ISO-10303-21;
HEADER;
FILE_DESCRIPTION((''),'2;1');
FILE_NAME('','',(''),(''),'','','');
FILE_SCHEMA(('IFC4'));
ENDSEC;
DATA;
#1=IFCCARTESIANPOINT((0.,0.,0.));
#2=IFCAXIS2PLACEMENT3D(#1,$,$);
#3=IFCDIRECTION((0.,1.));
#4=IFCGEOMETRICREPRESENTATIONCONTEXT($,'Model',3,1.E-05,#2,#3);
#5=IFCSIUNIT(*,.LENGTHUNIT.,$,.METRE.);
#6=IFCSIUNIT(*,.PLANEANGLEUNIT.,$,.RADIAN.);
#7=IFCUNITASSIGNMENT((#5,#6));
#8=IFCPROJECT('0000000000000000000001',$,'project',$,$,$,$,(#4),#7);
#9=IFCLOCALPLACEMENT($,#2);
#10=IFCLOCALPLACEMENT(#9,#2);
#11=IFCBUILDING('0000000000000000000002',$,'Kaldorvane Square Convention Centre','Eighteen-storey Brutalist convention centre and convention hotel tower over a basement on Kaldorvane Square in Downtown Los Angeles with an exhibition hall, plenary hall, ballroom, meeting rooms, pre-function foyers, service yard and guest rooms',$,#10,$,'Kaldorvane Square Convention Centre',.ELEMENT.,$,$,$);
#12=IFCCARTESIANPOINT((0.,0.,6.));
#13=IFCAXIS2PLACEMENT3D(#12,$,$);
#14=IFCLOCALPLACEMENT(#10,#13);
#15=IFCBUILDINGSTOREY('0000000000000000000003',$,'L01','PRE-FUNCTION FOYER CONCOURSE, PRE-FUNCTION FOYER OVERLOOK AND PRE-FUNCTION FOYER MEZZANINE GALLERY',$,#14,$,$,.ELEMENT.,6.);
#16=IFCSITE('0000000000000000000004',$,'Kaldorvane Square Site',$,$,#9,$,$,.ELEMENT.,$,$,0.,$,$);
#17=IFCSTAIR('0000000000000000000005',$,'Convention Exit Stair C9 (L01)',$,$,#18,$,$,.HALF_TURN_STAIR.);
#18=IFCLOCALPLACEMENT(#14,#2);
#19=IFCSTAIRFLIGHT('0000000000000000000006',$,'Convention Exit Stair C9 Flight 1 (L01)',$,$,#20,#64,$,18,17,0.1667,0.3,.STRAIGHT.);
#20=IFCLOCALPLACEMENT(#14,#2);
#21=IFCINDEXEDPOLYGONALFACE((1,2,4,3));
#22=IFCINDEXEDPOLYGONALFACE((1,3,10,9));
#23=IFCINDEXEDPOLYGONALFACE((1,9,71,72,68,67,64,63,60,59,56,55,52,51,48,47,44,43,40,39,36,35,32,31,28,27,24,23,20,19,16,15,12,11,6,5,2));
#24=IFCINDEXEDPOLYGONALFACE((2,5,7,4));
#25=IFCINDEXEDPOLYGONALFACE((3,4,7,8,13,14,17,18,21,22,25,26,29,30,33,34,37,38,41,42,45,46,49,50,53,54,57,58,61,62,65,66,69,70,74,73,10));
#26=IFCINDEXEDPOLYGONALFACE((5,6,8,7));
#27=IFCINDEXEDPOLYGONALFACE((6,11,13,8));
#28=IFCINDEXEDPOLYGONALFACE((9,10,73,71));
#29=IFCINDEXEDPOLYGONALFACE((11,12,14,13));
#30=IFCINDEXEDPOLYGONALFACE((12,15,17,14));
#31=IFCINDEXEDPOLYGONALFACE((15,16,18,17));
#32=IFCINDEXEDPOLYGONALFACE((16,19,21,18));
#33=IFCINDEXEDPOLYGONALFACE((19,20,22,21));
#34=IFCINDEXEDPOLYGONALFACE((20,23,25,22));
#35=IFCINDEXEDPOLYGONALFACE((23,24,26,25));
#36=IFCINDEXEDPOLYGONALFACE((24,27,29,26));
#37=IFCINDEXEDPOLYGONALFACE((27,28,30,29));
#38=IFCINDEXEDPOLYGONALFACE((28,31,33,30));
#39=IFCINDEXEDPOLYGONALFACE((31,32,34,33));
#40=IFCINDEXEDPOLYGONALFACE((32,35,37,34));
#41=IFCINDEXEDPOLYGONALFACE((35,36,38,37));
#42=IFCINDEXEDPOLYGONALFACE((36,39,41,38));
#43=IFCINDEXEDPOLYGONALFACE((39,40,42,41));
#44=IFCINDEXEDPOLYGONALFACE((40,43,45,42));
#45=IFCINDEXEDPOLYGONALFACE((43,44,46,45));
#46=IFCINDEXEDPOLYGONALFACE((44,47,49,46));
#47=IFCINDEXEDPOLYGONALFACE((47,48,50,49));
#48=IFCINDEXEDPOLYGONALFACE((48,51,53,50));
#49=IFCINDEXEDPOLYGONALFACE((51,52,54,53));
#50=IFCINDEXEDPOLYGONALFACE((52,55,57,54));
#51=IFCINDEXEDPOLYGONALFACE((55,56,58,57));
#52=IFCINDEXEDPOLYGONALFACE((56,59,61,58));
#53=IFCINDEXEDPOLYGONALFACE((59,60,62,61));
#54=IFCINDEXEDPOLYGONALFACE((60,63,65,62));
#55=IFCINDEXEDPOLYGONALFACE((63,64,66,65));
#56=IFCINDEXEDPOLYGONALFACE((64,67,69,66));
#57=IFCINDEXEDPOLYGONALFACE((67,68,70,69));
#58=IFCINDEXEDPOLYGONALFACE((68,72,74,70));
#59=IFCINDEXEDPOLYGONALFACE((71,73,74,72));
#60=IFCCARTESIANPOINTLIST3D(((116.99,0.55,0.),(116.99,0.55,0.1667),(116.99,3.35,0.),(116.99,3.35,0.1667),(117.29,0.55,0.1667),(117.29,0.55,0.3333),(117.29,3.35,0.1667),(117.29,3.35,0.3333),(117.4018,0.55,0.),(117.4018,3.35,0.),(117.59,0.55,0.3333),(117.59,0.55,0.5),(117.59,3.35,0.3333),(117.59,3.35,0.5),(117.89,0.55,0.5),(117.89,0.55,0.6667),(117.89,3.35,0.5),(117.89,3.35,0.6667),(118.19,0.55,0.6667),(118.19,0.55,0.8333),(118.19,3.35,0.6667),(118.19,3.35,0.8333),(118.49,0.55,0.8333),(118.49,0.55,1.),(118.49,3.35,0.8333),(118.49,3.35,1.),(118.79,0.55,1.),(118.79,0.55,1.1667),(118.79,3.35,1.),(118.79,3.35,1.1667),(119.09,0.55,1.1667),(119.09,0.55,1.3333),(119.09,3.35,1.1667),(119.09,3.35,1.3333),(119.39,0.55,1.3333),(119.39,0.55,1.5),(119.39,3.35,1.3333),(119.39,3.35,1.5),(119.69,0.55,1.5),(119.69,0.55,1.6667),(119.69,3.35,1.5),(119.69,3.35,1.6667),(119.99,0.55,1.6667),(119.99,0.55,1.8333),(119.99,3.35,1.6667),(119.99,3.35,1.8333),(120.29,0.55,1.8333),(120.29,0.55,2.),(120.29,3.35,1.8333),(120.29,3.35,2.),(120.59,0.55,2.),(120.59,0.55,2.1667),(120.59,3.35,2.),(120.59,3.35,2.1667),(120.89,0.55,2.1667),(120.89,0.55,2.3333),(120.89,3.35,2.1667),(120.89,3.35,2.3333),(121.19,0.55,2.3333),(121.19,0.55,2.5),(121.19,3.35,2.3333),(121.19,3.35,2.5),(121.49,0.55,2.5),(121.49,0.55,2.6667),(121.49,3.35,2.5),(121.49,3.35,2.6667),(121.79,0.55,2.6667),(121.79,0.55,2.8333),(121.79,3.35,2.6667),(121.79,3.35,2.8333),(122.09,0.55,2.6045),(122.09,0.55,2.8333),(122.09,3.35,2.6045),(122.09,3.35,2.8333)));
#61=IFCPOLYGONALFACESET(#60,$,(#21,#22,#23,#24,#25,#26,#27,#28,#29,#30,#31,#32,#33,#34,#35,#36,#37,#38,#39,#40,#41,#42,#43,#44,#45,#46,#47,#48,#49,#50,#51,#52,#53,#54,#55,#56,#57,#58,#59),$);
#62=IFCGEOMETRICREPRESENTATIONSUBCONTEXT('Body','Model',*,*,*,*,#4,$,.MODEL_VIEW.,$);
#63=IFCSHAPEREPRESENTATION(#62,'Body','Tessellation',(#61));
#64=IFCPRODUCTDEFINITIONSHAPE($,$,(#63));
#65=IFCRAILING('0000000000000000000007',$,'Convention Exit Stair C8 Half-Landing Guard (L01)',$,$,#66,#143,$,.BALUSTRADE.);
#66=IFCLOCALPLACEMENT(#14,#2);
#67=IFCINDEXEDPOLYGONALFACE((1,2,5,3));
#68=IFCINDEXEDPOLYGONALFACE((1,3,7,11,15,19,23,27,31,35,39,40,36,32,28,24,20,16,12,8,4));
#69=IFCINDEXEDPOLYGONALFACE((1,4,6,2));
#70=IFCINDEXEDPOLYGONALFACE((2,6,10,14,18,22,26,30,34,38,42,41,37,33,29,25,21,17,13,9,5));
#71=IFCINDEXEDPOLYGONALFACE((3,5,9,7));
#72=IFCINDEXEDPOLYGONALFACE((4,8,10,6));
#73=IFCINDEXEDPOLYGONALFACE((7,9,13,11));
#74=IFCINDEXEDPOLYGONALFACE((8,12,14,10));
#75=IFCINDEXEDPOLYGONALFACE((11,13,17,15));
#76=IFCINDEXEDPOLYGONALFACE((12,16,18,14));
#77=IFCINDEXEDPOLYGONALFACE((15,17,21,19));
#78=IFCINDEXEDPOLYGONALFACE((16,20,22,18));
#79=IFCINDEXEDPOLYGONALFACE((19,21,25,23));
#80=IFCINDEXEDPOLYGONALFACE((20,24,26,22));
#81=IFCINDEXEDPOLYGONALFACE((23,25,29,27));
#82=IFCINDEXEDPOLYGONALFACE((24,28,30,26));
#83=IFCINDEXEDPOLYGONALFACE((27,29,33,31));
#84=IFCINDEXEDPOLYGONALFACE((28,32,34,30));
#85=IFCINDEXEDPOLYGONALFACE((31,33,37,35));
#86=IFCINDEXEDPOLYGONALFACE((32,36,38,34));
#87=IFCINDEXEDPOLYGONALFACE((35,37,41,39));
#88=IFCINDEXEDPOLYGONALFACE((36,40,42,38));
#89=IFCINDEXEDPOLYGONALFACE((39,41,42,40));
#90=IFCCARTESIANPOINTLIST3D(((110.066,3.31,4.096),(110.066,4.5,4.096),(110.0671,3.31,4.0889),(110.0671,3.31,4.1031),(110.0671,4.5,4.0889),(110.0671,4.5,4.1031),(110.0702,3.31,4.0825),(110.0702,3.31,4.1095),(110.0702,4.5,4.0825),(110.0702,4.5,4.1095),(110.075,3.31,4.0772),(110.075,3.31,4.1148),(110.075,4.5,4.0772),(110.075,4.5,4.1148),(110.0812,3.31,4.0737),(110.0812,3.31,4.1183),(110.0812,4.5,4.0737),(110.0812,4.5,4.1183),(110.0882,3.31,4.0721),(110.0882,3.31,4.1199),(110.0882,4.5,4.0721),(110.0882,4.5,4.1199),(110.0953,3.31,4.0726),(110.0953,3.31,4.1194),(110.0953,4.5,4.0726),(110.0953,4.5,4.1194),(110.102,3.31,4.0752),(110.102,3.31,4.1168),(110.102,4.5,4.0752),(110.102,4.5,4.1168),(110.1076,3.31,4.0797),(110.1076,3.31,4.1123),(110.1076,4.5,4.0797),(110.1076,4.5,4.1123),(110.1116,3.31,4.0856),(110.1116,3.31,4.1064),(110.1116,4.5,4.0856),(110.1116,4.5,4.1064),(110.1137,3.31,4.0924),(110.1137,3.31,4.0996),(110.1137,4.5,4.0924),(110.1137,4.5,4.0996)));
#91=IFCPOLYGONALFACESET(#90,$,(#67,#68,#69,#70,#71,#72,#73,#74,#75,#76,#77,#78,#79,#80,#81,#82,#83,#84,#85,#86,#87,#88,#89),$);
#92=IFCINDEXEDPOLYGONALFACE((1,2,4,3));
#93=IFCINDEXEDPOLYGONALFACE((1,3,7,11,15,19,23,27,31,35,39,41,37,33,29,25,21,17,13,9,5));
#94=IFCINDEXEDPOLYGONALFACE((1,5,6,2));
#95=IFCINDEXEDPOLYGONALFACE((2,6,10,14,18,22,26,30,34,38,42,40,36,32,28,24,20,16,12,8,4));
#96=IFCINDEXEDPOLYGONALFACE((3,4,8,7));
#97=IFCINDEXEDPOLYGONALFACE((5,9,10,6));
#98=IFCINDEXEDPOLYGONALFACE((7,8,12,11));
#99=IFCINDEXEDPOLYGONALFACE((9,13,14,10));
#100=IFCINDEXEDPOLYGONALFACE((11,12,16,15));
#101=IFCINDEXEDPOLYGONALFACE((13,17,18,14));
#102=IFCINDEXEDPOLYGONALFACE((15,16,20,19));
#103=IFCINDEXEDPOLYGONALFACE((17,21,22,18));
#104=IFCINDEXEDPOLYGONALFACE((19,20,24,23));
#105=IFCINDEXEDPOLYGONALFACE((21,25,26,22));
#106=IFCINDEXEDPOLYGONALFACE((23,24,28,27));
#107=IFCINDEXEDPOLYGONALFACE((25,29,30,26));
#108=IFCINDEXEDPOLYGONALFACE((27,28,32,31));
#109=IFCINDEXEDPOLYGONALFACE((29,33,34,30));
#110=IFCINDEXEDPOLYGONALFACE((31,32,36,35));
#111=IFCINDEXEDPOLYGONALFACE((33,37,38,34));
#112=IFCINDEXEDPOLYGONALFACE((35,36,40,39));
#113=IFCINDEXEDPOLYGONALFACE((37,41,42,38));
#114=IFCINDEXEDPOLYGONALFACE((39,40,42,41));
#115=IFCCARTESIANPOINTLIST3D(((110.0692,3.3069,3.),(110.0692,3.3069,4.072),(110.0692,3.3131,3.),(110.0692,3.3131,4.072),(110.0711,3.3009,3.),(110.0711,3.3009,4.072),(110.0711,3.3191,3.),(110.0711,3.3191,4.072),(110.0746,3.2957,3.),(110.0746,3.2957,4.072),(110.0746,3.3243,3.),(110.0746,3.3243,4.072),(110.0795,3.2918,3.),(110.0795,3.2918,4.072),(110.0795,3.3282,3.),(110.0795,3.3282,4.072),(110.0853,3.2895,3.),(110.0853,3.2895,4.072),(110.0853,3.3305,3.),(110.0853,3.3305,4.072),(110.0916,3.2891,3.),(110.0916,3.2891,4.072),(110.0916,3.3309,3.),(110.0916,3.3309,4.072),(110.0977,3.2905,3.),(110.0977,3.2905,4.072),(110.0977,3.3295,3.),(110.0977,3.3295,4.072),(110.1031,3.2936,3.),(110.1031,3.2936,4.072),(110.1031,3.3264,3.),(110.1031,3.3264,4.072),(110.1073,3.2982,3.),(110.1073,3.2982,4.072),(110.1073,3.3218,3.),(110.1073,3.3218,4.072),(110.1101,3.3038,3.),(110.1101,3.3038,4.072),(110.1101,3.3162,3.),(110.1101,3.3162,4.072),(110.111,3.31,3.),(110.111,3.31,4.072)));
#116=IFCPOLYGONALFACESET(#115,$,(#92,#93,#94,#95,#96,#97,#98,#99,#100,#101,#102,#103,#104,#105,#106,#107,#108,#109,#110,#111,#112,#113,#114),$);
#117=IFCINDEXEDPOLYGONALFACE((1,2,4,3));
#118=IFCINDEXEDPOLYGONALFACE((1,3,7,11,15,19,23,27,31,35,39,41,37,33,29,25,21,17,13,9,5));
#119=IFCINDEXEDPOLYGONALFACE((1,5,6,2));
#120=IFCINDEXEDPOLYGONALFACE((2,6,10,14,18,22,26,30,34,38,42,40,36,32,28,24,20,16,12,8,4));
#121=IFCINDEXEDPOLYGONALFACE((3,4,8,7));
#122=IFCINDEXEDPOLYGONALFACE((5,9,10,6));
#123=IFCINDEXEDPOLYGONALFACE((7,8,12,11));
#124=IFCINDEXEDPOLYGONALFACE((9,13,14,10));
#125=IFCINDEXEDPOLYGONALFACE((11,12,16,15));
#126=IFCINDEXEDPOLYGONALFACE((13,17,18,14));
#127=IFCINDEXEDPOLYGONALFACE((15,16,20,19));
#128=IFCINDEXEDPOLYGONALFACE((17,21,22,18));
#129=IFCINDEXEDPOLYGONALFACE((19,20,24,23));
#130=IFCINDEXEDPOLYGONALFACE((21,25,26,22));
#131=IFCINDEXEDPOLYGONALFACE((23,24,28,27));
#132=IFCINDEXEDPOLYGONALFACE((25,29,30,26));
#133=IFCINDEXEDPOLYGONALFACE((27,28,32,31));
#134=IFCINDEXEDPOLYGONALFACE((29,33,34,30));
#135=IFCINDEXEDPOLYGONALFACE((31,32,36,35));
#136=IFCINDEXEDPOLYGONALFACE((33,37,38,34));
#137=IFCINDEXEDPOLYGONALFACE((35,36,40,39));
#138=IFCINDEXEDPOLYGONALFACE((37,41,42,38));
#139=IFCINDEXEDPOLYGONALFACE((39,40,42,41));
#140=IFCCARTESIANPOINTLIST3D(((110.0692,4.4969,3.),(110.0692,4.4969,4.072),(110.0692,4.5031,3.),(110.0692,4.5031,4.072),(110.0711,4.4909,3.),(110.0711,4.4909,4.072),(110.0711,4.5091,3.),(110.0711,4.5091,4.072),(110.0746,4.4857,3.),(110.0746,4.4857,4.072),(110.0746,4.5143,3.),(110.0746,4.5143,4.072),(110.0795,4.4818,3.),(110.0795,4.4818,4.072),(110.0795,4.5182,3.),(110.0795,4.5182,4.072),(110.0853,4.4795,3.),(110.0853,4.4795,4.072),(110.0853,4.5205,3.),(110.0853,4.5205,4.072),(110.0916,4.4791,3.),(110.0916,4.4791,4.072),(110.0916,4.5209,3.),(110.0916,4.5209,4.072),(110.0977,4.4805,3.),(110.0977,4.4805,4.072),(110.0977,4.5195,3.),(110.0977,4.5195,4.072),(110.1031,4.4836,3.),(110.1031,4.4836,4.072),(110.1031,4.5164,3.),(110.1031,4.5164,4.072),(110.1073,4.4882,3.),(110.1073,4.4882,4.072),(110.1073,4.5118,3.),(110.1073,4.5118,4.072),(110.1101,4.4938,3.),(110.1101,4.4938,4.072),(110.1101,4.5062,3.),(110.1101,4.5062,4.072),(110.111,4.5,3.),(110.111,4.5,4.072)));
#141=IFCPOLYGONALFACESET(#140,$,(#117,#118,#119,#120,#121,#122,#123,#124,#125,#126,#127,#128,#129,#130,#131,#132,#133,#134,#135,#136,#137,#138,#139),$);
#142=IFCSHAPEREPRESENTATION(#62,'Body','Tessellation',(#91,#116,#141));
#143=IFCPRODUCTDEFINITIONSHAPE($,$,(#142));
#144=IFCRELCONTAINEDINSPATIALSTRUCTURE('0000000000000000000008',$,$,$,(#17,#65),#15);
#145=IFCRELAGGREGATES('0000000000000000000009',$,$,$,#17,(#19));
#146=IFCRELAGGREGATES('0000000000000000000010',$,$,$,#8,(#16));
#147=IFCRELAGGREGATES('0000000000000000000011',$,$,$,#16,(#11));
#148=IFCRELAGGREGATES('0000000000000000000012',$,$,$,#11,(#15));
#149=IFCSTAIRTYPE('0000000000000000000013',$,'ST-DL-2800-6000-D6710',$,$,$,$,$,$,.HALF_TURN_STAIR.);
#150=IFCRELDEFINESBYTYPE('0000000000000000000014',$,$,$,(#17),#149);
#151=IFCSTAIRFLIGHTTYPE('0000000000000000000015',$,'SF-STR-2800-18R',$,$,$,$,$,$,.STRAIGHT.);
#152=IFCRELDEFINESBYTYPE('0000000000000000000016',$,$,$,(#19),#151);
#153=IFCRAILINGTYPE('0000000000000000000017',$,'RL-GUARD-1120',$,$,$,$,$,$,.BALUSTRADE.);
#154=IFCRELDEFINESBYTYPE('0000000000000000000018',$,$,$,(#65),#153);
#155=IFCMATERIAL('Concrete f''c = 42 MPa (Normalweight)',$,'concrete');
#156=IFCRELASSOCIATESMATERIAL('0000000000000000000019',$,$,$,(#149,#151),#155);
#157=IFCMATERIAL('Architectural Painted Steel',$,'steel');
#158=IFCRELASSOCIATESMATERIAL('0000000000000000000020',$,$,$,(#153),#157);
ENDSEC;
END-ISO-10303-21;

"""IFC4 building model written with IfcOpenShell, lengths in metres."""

from ifc_helpers import new_model, si_unit, direction, frame, origin, origin_2d, place, context, subcontext, project, spatial, polyline, circle, outline, extrude, material, type_object, element, aggregate, save


model = new_model("IFC4")

# Units and contexts
model_context = context("Model", 3, precision=1e-05, world=origin(), true_north=direction((0.0, 1.0)))
body_context = subcontext(model_context, "Body", "Model", "MODEL_VIEW")
ifc_project = project(units=[si_unit("LENGTHUNIT", "METRE"), si_unit("PLANEANGLEUNIT", "RADIAN")], contexts=[model_context])

# Site, building, storey
site_placement = place(None, origin())
site = spatial("IfcSite", under=ifc_project, at=site_placement, Name="Kaldorvane Square Site", CompositionType="ELEMENT", RefElevation=0.0)
building_placement = place(site_placement, origin())
building = spatial("IfcBuilding", under=site, at=building_placement, Name="Kaldorvane Square Convention Centre", Description="Eighteen-storey Brutalist convention centre and convention hotel tower over a basement on Kaldorvane Square in Downtown Los Angeles with an exhibition hall, plenary hall, ballroom, meeting rooms, pre-function foyers, service yard and guest rooms", LongName="Kaldorvane Square Convention Centre", CompositionType="ELEMENT")
storey_placement = place(building_placement, frame((0.0, 0.0, 6.0)))
storey = spatial("IfcBuildingStorey", under=building, at=storey_placement, Name="L01", Description="PRE-FUNCTION FOYER CONCOURSE, PRE-FUNCTION FOYER OVERLOOK AND PRE-FUNCTION FOYER MEZZANINE GALLERY", CompositionType="ELEMENT", Elevation=6.0)

# Shared definitions
ifc_material_1 = material(Name="Concrete f'c = 42 MPa (Normalweight)", Category="concrete")

# Stair, stair flight
stair_type = type_object("IfcStairType", Name="ST-DL-2800-6000-D6710", PredefinedType="HALF_TURN_STAIR", material=ifc_material_1)
stair_flight_type = type_object("IfcStairFlightType", Name="SF-STR-2800-18R", PredefinedType="STRAIGHT", material=ifc_material_1)
stair_1_placement = place(storey_placement, origin())
stair_1 = element("IfcStair", 1, at=stair_1_placement, inside=storey, type_object=stair_type, Name="Convention Exit Stair C9 (L01)", PredefinedType="HALF_TURN_STAIR")
stair_flight_1_placement = place(storey_placement, frame((116.99, 1.95, 0.0), z_axis=(0.0, 0.0, 1.0), x_axis=(1.0, 0.0, 0.0)))
stair_flight_1 = element("IfcStairFlight", 2, at=stair_flight_1_placement, type_object=stair_flight_type, Name="Convention Exit Stair C9 Flight 1 (L01)", NumberOfRisers=18, NumberOfTreads=17, PredefinedType="STRAIGHT", RiserHeight=0.1667, TreadLength=0.3, context=body_context, shape_type="SweptSolid", body=[
    extrude(outline(polyline([(0.0, 0.0), (0.0, 0.1667), (0.3, 0.1667), (0.3, 0.3333), (0.6, 0.3333), (0.6, 0.5), (0.9, 0.5), (0.9, 0.6667), (1.2, 0.6667), (1.2, 0.8333), (1.5, 0.8333), (1.5, 1.0), (1.8, 1.0), (1.8, 1.1667), (2.1, 1.1667), (2.1, 1.3333), (2.4, 1.3333), (2.4, 1.5), (2.7, 1.5), (2.7, 1.6667), (3.0, 1.6667), (3.0, 1.8333), (3.3, 1.8333), (3.3, 2.0), (3.6, 2.0), (3.6, 2.1667), (3.9, 2.1667), (3.9, 2.3333), (4.2, 2.3333), (4.2, 2.5), (4.5, 2.5), (4.5, 2.6667), (4.8, 2.6667), (4.8, 2.8333), (5.1, 2.8333), (5.1, 3.0), (5.1, 2.6045), (0.4118, 0.0), (0.0, 0.0)])), frame((0.0, 1.4, 0.0), z_axis=(0.0, -1.0, 0.0), x_axis=(1.0, 0.0, 0.0)), (0.0, 0.0, 1.0), 2.8),
])
aggregate(stair_1, [stair_flight_1])

# Railing
ifc_material_2 = material(Name="Architectural Painted Steel", Category="steel")
railing_type_1 = type_object("IfcRailingType", Name="RL-GUARD-1120", PredefinedType="BALUSTRADE", material=ifc_material_2)
railing_1_placement = place(storey_placement, frame((110.09, 3.31, 3.0)))
element("IfcRailing", 3, at=railing_1_placement, inside=storey, type_object=railing_type_1, Name="Convention Exit Stair C8 Half-Landing Guard (L01)", PredefinedType="BALUSTRADE", context=body_context, shape_type="SweptSolid", body=[
    extrude(circle(Radius=0.024, at=origin_2d()), frame((0.0, 0.0, 1.096), z_axis=(0.0, 1.0, 0.0), x_axis=(-1.0, 0.0, 0.0)), (0.0, 0.0, 1.0), 1.19),
    extrude(circle(Radius=0.021, at=origin_2d()), origin(), (0.0, 0.0, 1.0), 1.072),
    extrude(circle(Radius=0.021, at=origin_2d()), frame((0.0, 1.19, 0.0)), (0.0, 0.0, 1.0), 1.072),
])

save(model, "model.ifc")
